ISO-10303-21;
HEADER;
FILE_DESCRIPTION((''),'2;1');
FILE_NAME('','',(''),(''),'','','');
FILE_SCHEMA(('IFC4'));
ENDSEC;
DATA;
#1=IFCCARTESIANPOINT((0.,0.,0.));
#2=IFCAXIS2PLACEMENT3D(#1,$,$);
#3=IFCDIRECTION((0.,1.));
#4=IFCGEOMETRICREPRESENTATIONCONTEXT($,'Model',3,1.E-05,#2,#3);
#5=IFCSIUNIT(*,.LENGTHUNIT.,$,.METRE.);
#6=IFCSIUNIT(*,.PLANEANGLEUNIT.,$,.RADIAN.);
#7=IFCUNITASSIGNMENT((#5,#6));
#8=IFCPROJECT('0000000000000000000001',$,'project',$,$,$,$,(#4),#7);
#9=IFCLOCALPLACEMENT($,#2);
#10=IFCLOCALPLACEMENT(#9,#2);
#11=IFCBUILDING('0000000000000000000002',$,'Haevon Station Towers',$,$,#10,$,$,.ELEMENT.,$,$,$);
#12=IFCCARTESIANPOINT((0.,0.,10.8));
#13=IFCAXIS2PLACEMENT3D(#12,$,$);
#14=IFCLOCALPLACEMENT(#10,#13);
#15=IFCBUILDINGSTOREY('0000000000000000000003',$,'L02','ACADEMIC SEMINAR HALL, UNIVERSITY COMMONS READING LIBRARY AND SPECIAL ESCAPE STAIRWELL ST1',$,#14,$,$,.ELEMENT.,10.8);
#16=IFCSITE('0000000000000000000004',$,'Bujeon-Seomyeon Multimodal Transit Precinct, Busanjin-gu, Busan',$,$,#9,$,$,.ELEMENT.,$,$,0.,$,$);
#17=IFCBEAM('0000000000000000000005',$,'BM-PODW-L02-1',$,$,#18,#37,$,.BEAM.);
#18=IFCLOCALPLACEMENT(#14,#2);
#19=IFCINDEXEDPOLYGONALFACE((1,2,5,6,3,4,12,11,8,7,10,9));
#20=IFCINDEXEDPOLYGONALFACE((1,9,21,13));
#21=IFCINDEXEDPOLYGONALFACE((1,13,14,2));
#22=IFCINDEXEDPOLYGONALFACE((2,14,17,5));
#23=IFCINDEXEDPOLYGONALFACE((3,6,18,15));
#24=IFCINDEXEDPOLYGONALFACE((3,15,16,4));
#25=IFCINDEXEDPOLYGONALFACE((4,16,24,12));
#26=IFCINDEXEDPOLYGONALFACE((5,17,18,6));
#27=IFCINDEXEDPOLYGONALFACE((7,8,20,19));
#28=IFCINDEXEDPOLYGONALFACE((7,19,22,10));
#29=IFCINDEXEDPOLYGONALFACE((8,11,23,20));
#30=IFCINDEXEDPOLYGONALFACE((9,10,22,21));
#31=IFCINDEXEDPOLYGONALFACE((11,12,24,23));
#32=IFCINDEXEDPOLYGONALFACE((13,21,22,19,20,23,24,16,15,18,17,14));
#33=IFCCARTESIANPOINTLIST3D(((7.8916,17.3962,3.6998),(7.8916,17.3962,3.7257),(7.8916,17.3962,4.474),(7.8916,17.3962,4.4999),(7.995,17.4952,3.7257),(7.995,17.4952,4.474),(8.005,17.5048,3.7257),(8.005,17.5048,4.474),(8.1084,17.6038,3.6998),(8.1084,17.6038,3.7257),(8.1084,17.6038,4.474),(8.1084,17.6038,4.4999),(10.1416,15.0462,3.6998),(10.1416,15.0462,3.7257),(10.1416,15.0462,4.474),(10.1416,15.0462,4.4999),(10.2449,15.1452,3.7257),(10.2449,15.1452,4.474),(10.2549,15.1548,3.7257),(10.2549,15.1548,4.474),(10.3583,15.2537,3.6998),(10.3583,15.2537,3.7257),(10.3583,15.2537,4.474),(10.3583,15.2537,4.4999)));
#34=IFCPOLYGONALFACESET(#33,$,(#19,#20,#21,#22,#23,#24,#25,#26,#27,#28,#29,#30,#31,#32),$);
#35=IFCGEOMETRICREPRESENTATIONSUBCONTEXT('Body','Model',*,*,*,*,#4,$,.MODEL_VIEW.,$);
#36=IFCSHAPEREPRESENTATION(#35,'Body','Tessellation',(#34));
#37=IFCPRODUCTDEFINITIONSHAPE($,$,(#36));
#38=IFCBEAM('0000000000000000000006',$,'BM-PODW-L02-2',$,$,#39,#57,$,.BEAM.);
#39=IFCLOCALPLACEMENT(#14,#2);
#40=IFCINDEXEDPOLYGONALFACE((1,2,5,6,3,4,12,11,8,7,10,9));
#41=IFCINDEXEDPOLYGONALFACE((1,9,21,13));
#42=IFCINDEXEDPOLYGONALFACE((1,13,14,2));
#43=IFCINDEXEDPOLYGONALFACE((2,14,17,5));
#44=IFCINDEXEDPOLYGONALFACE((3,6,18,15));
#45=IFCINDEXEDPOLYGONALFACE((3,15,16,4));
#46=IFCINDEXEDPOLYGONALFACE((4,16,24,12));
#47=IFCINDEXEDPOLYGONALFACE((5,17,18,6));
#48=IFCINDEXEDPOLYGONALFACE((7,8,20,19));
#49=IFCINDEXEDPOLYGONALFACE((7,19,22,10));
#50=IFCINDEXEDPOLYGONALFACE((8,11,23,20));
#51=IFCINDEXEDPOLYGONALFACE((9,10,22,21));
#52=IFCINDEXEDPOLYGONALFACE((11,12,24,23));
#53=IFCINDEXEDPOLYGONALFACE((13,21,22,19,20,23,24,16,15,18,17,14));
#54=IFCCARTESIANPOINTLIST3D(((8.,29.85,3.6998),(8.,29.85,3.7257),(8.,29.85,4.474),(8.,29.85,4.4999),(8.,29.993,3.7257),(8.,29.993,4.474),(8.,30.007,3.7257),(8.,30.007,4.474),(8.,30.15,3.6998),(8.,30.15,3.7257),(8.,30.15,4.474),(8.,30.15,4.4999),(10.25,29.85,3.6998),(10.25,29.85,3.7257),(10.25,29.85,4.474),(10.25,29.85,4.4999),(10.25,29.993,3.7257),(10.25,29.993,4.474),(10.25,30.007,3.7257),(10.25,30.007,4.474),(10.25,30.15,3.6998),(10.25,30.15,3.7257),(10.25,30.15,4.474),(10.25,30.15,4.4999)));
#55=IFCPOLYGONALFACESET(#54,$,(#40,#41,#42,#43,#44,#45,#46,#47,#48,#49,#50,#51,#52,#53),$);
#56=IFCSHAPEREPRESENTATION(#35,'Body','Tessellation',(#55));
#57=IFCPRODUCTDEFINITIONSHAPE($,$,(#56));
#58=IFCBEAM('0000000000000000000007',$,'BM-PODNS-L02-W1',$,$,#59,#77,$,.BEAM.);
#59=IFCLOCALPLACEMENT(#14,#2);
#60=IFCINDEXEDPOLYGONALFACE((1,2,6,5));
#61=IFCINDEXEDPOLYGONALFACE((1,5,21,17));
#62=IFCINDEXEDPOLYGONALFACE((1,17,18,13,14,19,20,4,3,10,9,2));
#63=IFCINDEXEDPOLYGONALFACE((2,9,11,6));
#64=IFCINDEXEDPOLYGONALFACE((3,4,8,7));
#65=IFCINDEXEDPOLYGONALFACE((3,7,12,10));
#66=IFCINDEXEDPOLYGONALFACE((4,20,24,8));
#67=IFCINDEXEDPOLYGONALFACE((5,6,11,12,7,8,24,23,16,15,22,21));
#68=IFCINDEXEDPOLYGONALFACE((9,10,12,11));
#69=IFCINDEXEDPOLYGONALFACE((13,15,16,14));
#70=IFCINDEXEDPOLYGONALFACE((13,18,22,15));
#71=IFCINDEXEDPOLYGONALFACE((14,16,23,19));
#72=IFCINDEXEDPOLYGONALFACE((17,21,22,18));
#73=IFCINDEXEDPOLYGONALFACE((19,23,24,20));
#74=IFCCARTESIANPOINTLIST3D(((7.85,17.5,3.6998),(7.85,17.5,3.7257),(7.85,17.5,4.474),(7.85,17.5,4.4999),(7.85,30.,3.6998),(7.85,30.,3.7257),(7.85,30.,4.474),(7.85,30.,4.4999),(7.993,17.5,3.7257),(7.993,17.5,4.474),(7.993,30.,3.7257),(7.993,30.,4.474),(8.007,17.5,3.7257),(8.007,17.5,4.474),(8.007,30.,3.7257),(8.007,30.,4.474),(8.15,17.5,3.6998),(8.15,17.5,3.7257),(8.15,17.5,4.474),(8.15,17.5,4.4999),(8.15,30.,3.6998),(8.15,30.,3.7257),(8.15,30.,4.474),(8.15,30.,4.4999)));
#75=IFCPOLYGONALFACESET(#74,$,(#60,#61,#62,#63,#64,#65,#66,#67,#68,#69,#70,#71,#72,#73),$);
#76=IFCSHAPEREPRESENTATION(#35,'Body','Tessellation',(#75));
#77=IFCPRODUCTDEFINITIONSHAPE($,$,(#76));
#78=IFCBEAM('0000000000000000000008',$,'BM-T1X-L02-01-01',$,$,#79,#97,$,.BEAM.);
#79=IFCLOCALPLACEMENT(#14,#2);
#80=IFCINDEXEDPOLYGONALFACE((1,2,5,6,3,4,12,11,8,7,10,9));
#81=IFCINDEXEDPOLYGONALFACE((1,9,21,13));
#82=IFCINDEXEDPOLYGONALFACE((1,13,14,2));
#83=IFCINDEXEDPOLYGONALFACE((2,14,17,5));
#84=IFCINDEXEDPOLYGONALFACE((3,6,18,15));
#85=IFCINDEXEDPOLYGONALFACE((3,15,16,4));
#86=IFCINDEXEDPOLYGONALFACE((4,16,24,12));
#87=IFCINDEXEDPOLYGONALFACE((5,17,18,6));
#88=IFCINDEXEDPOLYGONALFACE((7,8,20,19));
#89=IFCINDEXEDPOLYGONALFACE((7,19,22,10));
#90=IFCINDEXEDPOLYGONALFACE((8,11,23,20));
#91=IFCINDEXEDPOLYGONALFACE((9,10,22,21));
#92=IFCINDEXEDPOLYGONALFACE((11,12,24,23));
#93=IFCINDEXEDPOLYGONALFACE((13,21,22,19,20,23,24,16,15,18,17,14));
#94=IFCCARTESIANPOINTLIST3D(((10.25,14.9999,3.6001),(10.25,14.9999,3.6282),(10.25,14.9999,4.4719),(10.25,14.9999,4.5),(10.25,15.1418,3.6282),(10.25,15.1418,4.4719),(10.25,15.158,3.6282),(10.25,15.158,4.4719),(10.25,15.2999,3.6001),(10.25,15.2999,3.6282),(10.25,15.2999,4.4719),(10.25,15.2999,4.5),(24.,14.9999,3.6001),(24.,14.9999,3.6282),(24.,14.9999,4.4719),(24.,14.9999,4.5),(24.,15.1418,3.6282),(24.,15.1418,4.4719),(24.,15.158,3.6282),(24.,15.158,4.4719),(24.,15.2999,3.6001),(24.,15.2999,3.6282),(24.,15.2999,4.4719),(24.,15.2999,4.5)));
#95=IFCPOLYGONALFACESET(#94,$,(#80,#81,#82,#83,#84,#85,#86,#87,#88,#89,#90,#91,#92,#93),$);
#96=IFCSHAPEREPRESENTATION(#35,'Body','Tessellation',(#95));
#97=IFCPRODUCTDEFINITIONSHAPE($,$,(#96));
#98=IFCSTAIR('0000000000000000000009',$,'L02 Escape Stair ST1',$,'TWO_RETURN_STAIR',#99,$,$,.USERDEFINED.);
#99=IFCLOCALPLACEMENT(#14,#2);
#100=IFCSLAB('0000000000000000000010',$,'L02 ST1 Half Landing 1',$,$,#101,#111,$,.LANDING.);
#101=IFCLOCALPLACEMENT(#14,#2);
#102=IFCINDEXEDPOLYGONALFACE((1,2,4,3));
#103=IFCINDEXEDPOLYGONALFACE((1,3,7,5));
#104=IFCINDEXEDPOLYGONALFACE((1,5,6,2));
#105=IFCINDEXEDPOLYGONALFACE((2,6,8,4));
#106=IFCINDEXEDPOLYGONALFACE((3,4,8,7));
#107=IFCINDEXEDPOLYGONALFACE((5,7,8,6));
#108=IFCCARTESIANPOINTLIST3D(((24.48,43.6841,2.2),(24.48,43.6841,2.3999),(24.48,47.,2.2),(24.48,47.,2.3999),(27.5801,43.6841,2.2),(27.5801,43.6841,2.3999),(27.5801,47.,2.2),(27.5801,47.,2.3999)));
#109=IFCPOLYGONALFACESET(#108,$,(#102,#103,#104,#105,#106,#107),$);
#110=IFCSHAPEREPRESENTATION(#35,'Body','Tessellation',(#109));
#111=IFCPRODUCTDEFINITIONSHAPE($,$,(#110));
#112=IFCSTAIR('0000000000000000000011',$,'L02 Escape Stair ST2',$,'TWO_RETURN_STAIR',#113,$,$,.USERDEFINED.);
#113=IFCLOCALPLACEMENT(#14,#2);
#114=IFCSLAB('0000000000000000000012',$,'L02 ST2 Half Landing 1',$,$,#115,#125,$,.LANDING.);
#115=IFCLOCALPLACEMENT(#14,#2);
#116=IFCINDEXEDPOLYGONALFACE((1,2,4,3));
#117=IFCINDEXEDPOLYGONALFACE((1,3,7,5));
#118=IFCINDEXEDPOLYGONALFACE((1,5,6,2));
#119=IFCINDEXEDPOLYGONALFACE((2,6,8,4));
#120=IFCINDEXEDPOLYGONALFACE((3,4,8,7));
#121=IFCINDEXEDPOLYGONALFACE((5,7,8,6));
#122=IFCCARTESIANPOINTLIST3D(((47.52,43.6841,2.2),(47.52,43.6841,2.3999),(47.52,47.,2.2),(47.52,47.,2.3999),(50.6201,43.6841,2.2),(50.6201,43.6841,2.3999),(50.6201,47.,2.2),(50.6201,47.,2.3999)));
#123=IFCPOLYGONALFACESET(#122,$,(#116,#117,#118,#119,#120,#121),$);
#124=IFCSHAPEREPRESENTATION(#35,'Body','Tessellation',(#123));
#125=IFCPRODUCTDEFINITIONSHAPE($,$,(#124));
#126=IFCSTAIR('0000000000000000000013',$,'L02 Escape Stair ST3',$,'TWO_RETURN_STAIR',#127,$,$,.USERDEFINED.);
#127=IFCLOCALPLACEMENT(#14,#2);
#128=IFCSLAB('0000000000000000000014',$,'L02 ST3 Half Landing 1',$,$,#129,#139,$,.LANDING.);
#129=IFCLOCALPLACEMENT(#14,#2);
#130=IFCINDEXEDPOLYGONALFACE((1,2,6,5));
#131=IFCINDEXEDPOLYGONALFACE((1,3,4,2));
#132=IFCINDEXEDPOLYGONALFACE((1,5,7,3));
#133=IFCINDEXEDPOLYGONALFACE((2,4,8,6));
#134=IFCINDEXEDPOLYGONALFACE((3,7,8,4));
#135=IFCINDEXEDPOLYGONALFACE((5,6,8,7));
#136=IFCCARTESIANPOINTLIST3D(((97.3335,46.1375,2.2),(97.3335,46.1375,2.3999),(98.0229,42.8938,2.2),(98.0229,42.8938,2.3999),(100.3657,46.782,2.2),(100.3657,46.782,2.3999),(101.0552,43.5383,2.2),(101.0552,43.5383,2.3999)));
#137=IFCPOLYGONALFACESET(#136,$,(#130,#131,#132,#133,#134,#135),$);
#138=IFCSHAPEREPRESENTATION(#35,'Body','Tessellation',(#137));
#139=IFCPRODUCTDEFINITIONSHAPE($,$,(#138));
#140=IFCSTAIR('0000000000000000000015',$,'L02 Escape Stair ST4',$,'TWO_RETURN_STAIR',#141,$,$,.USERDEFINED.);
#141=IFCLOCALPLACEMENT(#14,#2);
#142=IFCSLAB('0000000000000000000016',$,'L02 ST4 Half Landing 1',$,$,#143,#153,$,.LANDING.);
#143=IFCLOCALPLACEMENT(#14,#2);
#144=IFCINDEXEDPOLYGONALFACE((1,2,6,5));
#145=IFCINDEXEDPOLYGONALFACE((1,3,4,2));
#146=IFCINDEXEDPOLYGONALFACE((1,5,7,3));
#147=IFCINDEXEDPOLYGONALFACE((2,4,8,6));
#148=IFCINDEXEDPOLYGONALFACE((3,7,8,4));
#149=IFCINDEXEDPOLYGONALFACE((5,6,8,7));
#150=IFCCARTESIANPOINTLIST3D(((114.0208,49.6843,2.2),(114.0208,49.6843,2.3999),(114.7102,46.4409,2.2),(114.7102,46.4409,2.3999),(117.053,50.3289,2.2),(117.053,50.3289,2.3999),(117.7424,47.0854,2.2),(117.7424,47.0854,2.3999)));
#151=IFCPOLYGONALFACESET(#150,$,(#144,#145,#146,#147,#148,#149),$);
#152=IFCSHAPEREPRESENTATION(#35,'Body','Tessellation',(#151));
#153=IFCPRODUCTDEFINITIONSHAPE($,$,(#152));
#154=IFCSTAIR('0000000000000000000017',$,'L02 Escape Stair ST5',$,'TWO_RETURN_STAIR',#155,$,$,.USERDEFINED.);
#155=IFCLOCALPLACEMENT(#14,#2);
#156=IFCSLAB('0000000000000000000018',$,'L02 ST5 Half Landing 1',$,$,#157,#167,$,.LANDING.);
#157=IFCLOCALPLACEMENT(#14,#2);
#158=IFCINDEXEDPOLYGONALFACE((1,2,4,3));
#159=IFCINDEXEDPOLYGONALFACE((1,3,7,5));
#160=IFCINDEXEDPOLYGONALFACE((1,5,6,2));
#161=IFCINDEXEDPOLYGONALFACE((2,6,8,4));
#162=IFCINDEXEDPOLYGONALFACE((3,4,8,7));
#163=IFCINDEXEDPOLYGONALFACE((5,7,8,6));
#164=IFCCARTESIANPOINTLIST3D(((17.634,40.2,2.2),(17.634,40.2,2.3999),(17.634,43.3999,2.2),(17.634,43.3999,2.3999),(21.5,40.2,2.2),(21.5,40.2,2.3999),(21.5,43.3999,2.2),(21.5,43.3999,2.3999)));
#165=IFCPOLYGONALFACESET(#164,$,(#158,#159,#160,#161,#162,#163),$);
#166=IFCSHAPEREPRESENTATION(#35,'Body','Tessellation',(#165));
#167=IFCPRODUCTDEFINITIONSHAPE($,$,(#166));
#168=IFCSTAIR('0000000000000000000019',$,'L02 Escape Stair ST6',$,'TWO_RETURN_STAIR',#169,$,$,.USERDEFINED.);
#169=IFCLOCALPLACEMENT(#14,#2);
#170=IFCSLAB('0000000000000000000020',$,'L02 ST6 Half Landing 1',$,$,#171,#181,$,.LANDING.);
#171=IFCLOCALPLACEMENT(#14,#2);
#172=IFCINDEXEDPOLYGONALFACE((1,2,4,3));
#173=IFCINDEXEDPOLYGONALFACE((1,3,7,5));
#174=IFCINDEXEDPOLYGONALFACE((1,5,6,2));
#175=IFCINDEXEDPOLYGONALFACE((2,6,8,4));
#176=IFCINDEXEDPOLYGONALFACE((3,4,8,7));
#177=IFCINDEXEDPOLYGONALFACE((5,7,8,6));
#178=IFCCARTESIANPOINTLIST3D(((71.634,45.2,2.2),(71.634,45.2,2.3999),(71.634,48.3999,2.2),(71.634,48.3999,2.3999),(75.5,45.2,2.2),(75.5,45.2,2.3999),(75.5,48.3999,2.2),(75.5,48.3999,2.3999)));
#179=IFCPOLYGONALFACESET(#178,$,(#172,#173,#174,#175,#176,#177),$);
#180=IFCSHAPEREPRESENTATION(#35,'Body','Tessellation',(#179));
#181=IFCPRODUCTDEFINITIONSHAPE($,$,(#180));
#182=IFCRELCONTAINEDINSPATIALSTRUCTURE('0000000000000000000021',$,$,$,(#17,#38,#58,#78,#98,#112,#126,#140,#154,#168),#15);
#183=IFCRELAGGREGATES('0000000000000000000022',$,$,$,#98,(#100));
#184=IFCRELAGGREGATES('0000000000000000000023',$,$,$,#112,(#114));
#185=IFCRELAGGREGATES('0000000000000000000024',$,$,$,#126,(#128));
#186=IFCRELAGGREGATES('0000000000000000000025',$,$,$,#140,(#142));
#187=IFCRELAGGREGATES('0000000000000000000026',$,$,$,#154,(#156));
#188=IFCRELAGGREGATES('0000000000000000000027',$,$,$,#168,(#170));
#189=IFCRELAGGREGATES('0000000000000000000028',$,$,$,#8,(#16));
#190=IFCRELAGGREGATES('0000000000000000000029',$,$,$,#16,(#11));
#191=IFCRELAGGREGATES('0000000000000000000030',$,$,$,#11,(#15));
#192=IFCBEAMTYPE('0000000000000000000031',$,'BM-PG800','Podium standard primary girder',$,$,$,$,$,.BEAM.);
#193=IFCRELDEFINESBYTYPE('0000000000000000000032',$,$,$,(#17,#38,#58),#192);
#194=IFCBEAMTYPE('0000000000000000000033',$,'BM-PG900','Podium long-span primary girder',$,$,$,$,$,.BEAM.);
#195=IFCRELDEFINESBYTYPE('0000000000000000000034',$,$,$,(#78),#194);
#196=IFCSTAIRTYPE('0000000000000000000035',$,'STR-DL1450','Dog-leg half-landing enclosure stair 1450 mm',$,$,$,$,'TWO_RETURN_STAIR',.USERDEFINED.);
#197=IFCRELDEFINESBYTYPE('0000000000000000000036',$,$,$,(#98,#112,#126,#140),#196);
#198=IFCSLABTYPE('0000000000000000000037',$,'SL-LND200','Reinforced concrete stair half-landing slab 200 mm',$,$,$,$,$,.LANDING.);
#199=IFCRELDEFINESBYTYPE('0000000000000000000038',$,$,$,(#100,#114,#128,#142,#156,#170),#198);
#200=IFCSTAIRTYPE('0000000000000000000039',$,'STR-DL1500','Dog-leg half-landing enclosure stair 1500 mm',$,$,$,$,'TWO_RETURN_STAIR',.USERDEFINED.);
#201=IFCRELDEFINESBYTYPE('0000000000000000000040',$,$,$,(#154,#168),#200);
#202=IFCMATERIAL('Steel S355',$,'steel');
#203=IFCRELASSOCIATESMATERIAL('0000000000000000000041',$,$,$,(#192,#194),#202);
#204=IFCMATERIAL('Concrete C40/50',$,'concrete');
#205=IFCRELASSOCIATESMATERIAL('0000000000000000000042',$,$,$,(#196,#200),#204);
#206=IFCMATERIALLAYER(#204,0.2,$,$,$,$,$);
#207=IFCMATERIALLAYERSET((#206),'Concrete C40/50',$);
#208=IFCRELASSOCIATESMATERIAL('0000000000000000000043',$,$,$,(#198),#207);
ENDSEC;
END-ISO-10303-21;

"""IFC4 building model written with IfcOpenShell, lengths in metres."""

from ifc_helpers import new_model, si_unit, direction, frame, origin, origin_2d, place, context, subcontext, project, spatial, polyline, i_section, outline, extrude, material, layer, layer_set, material_profile, profile_set, type_object, element, aggregate, save


model = new_model("IFC4")

# Units and contexts
model_context = context("Model", 3, precision=1e-05, world=origin(), true_north=direction((0.0, 1.0)))
body_context = subcontext(model_context, "Body", "Model", "MODEL_VIEW")
ifc_project = project(units=[si_unit("LENGTHUNIT", "METRE"), si_unit("PLANEANGLEUNIT", "RADIAN")], contexts=[model_context])

# Site, building, storey
site_placement = place(None, origin())
site = spatial("IfcSite", under=ifc_project, at=site_placement, Name="Bujeon-Seomyeon Multimodal Transit Precinct, Busanjin-gu, Busan", CompositionType="ELEMENT", RefElevation=0.0)
building_placement = place(site_placement, origin())
building = spatial("IfcBuilding", under=site, at=building_placement, Name="Haevon Station Towers", CompositionType="ELEMENT")
storey_placement = place(building_placement, frame((0.0, 0.0, 10.8)))
storey = spatial("IfcBuildingStorey", under=building, at=storey_placement, Name="L02", Description="ACADEMIC SEMINAR HALL, UNIVERSITY COMMONS READING LIBRARY AND SPECIAL ESCAPE STAIRWELL ST1", CompositionType="ELEMENT", Elevation=10.8)

# Beams
ifc_material_1 = material(Name="Steel S355", Category="steel")
ifc_material_profile_1 = material_profile(ifc_material_1, i_section(OverallWidth=0.3, OverallDepth=0.8, WebThickness=0.0139, FlangeThickness=0.0259, at=origin_2d()), Name="H-800x300x14x26")
ifc_profile_set_1 = profile_set([ifc_material_profile_1], Name="Steel S355")
beam_type_1 = type_object("IfcBeamType", Name="BM-PG800", Description="Podium standard primary girder", PredefinedType="BEAM", material=ifc_profile_set_1)
beam_1_placement = place(storey_placement, frame((8.0, 17.5, 4.0999), z_axis=(0.691557, -0.722322, 0.0), x_axis=(0.722322, 0.691557, 0.0)))
element("IfcBeam", 1, at=beam_1_placement, inside=storey, type_object=beam_type_1, Name="BM-PODW-L02-1", PredefinedType="BEAM", context=body_context, shape_type="SweptSolid", body=[
    extrude(i_section(OverallWidth=0.3, OverallDepth=0.8, WebThickness=0.0139, FlangeThickness=0.0259, at=origin_2d()), origin(), (0.0, 0.0, 1.0), 3.2534),
])
beam_2_placement = place(storey_placement, frame((8.0, 30.0, 4.0999), z_axis=(1.0, 0.0, 0.0), x_axis=(0.0, 1.0, 0.0)))
element("IfcBeam", 2, at=beam_2_placement, inside=storey, type_object=beam_type_1, Name="BM-PODW-L02-2", PredefinedType="BEAM", context=body_context, shape_type="SweptSolid", body=[
    extrude(i_section(OverallWidth=0.3, OverallDepth=0.8, WebThickness=0.0139, FlangeThickness=0.0259, at=origin_2d()), origin(), (0.0, 0.0, 1.0), 2.25),
])
beam_3_placement = place(storey_placement, frame((8.0, 17.5, 4.0999), z_axis=(0.0, 1.0, 0.0), x_axis=(-1.0, 0.0, 0.0)))
element("IfcBeam", 3, at=beam_3_placement, inside=storey, type_object=beam_type_1, Name="BM-PODNS-L02-W1", PredefinedType="BEAM", context=body_context, shape_type="SweptSolid", body=[
    extrude(i_section(OverallWidth=0.3, OverallDepth=0.8, WebThickness=0.0139, FlangeThickness=0.0259, at=origin_2d()), origin(), (0.0, 0.0, 1.0), 12.5),
])
ifc_material_profile_2 = material_profile(ifc_material_1, i_section(OverallWidth=0.3, OverallDepth=0.8999, WebThickness=0.0161, FlangeThickness=0.0281, at=origin_2d()), Name="H-900x300x16x28")
ifc_profile_set_2 = profile_set([ifc_material_profile_2], Name="Steel S355")
beam_type_2 = type_object("IfcBeamType", Name="BM-PG900", Description="Podium long-span primary girder", PredefinedType="BEAM", material=ifc_profile_set_2)
beam_4_placement = place(storey_placement, frame((10.25, 15.1499, 4.05), z_axis=(1.0, 0.0, 0.0), x_axis=(0.0, 1.0, 0.0)))
element("IfcBeam", 4, at=beam_4_placement, inside=storey, type_object=beam_type_2, Name="BM-T1X-L02-01-01", PredefinedType="BEAM", context=body_context, shape_type="SweptSolid", body=[
    extrude(i_section(OverallWidth=0.3, OverallDepth=0.8999, WebThickness=0.0161, FlangeThickness=0.0281, at=origin_2d()), origin(), (0.0, 0.0, 1.0), 13.75),
])

# Stairs, slabs
ifc_material_2 = material(Name="Concrete C40/50", Category="concrete")
stair_type_1 = type_object("IfcStairType", Name="STR-DL1450", Description="Dog-leg half-landing enclosure stair 1450 mm", ElementType="TWO_RETURN_STAIR", PredefinedType="USERDEFINED", material=ifc_material_2)
stair_1_placement = place(storey_placement, origin())
stair_1 = element("IfcStair", 5, at=stair_1_placement, inside=storey, type_object=stair_type_1, Name="L02 Escape Stair ST1", ObjectType="TWO_RETURN_STAIR", PredefinedType="USERDEFINED")
ifc_layer_1 = layer(ifc_material_2, 0.2)
ifc_layer_set_1 = layer_set([ifc_layer_1], Name="Concrete C40/50")
slab_type_1 = type_object("IfcSlabType", Name="SL-LND200", Description="Reinforced concrete stair half-landing slab 200 mm", PredefinedType="LANDING", material=ifc_layer_set_1)
slab_1_placement = place(storey_placement, frame((0.0, 0.0, 2.2)))
slab_1 = element("IfcSlab", 6, at=slab_1_placement, type_object=slab_type_1, Name="L02 ST1 Half Landing 1", PredefinedType="LANDING", context=body_context, shape_type="SweptSolid", body=[
    extrude(outline(polyline([(27.5801, 43.6841), (27.5801, 47.0), (24.48, 47.0), (24.48, 43.6841), (27.5801, 43.6841)])), origin(), (0.0, 0.0, 1.0), 0.2),
])
aggregate(stair_1, [slab_1])
stair_2_placement = place(storey_placement, origin())
stair_2 = element("IfcStair", 7, at=stair_2_placement, inside=storey, type_object=stair_type_1, Name="L02 Escape Stair ST2", ObjectType="TWO_RETURN_STAIR", PredefinedType="USERDEFINED")
slab_2_placement = place(storey_placement, frame((0.0, 0.0, 2.2)))
slab_2 = element("IfcSlab", 8, at=slab_2_placement, type_object=slab_type_1, Name="L02 ST2 Half Landing 1", PredefinedType="LANDING", context=body_context, shape_type="SweptSolid", body=[
    extrude(outline(polyline([(50.6201, 43.6841), (50.6201, 47.0), (47.52, 47.0), (47.52, 43.6841), (50.6201, 43.6841)])), origin(), (0.0, 0.0, 1.0), 0.2),
])
aggregate(stair_2, [slab_2])
stair_3_placement = place(storey_placement, origin())
stair_3 = element("IfcStair", 9, at=stair_3_placement, inside=storey, type_object=stair_type_1, Name="L02 Escape Stair ST3", ObjectType="TWO_RETURN_STAIR", PredefinedType="USERDEFINED")
slab_3_placement = place(storey_placement, frame((0.0, 0.0, 2.2)))
slab_3 = element("IfcSlab", 10, at=slab_3_placement, type_object=slab_type_1, Name="L02 ST3 Half Landing 1", PredefinedType="LANDING", context=body_context, shape_type="SweptSolid", body=[
    extrude(outline(polyline([(101.0552, 43.5383), (100.3657, 46.782), (97.3335, 46.1375), (98.0229, 42.8938), (101.0552, 43.5383)])), origin(), (0.0, 0.0, 1.0), 0.2),
])
aggregate(stair_3, [slab_3])
stair_4_placement = place(storey_placement, origin())
stair_4 = element("IfcStair", 11, at=stair_4_placement, inside=storey, type_object=stair_type_1, Name="L02 Escape Stair ST4", ObjectType="TWO_RETURN_STAIR", PredefinedType="USERDEFINED")
slab_4_placement = place(storey_placement, frame((0.0, 0.0, 2.2)))
slab_4 = element("IfcSlab", 12, at=slab_4_placement, type_object=slab_type_1, Name="L02 ST4 Half Landing 1", PredefinedType="LANDING", context=body_context, shape_type="SweptSolid", body=[
    extrude(outline(polyline([(117.7424, 47.0854), (117.053, 50.3289), (114.0208, 49.6843), (114.7102, 46.4409), (117.7424, 47.0854)])), origin(), (0.0, 0.0, 1.0), 0.2),
])
aggregate(stair_4, [slab_4])
stair_type_2 = type_object("IfcStairType", Name="STR-DL1500", Description="Dog-leg half-landing enclosure stair 1500 mm", ElementType="TWO_RETURN_STAIR", PredefinedType="USERDEFINED", material=ifc_material_2)
stair_5_placement = place(storey_placement, origin())
stair_5 = element("IfcStair", 13, at=stair_5_placement, inside=storey, type_object=stair_type_2, Name="L02 Escape Stair ST5", ObjectType="TWO_RETURN_STAIR", PredefinedType="USERDEFINED")
slab_5_placement = place(storey_placement, frame((0.0, 0.0, 2.2)))
slab_5 = element("IfcSlab", 14, at=slab_5_placement, type_object=slab_type_1, Name="L02 ST5 Half Landing 1", PredefinedType="LANDING", context=body_context, shape_type="SweptSolid", body=[
    extrude(outline(polyline([(17.634, 40.2), (21.5, 40.2), (21.5, 43.3999), (17.634, 43.3999), (17.634, 40.2)])), origin(), (0.0, 0.0, 1.0), 0.2),
])
aggregate(stair_5, [slab_5])
stair_6_placement = place(storey_placement, origin())
stair_6 = element("IfcStair", 15, at=stair_6_placement, inside=storey, type_object=stair_type_2, Name="L02 Escape Stair ST6", ObjectType="TWO_RETURN_STAIR", PredefinedType="USERDEFINED")
slab_6_placement = place(storey_placement, frame((0.0, 0.0, 2.2)))
slab_6 = element("IfcSlab", 16, at=slab_6_placement, type_object=slab_type_1, Name="L02 ST6 Half Landing 1", PredefinedType="LANDING", context=body_context, shape_type="SweptSolid", body=[
    extrude(outline(polyline([(71.634, 45.2), (75.5, 45.2), (75.5, 48.3999), (71.634, 48.3999), (71.634, 45.2)])), origin(), (0.0, 0.0, 1.0), 0.2),
])
aggregate(stair_6, [slab_6])

save(model, "model.ifc")
